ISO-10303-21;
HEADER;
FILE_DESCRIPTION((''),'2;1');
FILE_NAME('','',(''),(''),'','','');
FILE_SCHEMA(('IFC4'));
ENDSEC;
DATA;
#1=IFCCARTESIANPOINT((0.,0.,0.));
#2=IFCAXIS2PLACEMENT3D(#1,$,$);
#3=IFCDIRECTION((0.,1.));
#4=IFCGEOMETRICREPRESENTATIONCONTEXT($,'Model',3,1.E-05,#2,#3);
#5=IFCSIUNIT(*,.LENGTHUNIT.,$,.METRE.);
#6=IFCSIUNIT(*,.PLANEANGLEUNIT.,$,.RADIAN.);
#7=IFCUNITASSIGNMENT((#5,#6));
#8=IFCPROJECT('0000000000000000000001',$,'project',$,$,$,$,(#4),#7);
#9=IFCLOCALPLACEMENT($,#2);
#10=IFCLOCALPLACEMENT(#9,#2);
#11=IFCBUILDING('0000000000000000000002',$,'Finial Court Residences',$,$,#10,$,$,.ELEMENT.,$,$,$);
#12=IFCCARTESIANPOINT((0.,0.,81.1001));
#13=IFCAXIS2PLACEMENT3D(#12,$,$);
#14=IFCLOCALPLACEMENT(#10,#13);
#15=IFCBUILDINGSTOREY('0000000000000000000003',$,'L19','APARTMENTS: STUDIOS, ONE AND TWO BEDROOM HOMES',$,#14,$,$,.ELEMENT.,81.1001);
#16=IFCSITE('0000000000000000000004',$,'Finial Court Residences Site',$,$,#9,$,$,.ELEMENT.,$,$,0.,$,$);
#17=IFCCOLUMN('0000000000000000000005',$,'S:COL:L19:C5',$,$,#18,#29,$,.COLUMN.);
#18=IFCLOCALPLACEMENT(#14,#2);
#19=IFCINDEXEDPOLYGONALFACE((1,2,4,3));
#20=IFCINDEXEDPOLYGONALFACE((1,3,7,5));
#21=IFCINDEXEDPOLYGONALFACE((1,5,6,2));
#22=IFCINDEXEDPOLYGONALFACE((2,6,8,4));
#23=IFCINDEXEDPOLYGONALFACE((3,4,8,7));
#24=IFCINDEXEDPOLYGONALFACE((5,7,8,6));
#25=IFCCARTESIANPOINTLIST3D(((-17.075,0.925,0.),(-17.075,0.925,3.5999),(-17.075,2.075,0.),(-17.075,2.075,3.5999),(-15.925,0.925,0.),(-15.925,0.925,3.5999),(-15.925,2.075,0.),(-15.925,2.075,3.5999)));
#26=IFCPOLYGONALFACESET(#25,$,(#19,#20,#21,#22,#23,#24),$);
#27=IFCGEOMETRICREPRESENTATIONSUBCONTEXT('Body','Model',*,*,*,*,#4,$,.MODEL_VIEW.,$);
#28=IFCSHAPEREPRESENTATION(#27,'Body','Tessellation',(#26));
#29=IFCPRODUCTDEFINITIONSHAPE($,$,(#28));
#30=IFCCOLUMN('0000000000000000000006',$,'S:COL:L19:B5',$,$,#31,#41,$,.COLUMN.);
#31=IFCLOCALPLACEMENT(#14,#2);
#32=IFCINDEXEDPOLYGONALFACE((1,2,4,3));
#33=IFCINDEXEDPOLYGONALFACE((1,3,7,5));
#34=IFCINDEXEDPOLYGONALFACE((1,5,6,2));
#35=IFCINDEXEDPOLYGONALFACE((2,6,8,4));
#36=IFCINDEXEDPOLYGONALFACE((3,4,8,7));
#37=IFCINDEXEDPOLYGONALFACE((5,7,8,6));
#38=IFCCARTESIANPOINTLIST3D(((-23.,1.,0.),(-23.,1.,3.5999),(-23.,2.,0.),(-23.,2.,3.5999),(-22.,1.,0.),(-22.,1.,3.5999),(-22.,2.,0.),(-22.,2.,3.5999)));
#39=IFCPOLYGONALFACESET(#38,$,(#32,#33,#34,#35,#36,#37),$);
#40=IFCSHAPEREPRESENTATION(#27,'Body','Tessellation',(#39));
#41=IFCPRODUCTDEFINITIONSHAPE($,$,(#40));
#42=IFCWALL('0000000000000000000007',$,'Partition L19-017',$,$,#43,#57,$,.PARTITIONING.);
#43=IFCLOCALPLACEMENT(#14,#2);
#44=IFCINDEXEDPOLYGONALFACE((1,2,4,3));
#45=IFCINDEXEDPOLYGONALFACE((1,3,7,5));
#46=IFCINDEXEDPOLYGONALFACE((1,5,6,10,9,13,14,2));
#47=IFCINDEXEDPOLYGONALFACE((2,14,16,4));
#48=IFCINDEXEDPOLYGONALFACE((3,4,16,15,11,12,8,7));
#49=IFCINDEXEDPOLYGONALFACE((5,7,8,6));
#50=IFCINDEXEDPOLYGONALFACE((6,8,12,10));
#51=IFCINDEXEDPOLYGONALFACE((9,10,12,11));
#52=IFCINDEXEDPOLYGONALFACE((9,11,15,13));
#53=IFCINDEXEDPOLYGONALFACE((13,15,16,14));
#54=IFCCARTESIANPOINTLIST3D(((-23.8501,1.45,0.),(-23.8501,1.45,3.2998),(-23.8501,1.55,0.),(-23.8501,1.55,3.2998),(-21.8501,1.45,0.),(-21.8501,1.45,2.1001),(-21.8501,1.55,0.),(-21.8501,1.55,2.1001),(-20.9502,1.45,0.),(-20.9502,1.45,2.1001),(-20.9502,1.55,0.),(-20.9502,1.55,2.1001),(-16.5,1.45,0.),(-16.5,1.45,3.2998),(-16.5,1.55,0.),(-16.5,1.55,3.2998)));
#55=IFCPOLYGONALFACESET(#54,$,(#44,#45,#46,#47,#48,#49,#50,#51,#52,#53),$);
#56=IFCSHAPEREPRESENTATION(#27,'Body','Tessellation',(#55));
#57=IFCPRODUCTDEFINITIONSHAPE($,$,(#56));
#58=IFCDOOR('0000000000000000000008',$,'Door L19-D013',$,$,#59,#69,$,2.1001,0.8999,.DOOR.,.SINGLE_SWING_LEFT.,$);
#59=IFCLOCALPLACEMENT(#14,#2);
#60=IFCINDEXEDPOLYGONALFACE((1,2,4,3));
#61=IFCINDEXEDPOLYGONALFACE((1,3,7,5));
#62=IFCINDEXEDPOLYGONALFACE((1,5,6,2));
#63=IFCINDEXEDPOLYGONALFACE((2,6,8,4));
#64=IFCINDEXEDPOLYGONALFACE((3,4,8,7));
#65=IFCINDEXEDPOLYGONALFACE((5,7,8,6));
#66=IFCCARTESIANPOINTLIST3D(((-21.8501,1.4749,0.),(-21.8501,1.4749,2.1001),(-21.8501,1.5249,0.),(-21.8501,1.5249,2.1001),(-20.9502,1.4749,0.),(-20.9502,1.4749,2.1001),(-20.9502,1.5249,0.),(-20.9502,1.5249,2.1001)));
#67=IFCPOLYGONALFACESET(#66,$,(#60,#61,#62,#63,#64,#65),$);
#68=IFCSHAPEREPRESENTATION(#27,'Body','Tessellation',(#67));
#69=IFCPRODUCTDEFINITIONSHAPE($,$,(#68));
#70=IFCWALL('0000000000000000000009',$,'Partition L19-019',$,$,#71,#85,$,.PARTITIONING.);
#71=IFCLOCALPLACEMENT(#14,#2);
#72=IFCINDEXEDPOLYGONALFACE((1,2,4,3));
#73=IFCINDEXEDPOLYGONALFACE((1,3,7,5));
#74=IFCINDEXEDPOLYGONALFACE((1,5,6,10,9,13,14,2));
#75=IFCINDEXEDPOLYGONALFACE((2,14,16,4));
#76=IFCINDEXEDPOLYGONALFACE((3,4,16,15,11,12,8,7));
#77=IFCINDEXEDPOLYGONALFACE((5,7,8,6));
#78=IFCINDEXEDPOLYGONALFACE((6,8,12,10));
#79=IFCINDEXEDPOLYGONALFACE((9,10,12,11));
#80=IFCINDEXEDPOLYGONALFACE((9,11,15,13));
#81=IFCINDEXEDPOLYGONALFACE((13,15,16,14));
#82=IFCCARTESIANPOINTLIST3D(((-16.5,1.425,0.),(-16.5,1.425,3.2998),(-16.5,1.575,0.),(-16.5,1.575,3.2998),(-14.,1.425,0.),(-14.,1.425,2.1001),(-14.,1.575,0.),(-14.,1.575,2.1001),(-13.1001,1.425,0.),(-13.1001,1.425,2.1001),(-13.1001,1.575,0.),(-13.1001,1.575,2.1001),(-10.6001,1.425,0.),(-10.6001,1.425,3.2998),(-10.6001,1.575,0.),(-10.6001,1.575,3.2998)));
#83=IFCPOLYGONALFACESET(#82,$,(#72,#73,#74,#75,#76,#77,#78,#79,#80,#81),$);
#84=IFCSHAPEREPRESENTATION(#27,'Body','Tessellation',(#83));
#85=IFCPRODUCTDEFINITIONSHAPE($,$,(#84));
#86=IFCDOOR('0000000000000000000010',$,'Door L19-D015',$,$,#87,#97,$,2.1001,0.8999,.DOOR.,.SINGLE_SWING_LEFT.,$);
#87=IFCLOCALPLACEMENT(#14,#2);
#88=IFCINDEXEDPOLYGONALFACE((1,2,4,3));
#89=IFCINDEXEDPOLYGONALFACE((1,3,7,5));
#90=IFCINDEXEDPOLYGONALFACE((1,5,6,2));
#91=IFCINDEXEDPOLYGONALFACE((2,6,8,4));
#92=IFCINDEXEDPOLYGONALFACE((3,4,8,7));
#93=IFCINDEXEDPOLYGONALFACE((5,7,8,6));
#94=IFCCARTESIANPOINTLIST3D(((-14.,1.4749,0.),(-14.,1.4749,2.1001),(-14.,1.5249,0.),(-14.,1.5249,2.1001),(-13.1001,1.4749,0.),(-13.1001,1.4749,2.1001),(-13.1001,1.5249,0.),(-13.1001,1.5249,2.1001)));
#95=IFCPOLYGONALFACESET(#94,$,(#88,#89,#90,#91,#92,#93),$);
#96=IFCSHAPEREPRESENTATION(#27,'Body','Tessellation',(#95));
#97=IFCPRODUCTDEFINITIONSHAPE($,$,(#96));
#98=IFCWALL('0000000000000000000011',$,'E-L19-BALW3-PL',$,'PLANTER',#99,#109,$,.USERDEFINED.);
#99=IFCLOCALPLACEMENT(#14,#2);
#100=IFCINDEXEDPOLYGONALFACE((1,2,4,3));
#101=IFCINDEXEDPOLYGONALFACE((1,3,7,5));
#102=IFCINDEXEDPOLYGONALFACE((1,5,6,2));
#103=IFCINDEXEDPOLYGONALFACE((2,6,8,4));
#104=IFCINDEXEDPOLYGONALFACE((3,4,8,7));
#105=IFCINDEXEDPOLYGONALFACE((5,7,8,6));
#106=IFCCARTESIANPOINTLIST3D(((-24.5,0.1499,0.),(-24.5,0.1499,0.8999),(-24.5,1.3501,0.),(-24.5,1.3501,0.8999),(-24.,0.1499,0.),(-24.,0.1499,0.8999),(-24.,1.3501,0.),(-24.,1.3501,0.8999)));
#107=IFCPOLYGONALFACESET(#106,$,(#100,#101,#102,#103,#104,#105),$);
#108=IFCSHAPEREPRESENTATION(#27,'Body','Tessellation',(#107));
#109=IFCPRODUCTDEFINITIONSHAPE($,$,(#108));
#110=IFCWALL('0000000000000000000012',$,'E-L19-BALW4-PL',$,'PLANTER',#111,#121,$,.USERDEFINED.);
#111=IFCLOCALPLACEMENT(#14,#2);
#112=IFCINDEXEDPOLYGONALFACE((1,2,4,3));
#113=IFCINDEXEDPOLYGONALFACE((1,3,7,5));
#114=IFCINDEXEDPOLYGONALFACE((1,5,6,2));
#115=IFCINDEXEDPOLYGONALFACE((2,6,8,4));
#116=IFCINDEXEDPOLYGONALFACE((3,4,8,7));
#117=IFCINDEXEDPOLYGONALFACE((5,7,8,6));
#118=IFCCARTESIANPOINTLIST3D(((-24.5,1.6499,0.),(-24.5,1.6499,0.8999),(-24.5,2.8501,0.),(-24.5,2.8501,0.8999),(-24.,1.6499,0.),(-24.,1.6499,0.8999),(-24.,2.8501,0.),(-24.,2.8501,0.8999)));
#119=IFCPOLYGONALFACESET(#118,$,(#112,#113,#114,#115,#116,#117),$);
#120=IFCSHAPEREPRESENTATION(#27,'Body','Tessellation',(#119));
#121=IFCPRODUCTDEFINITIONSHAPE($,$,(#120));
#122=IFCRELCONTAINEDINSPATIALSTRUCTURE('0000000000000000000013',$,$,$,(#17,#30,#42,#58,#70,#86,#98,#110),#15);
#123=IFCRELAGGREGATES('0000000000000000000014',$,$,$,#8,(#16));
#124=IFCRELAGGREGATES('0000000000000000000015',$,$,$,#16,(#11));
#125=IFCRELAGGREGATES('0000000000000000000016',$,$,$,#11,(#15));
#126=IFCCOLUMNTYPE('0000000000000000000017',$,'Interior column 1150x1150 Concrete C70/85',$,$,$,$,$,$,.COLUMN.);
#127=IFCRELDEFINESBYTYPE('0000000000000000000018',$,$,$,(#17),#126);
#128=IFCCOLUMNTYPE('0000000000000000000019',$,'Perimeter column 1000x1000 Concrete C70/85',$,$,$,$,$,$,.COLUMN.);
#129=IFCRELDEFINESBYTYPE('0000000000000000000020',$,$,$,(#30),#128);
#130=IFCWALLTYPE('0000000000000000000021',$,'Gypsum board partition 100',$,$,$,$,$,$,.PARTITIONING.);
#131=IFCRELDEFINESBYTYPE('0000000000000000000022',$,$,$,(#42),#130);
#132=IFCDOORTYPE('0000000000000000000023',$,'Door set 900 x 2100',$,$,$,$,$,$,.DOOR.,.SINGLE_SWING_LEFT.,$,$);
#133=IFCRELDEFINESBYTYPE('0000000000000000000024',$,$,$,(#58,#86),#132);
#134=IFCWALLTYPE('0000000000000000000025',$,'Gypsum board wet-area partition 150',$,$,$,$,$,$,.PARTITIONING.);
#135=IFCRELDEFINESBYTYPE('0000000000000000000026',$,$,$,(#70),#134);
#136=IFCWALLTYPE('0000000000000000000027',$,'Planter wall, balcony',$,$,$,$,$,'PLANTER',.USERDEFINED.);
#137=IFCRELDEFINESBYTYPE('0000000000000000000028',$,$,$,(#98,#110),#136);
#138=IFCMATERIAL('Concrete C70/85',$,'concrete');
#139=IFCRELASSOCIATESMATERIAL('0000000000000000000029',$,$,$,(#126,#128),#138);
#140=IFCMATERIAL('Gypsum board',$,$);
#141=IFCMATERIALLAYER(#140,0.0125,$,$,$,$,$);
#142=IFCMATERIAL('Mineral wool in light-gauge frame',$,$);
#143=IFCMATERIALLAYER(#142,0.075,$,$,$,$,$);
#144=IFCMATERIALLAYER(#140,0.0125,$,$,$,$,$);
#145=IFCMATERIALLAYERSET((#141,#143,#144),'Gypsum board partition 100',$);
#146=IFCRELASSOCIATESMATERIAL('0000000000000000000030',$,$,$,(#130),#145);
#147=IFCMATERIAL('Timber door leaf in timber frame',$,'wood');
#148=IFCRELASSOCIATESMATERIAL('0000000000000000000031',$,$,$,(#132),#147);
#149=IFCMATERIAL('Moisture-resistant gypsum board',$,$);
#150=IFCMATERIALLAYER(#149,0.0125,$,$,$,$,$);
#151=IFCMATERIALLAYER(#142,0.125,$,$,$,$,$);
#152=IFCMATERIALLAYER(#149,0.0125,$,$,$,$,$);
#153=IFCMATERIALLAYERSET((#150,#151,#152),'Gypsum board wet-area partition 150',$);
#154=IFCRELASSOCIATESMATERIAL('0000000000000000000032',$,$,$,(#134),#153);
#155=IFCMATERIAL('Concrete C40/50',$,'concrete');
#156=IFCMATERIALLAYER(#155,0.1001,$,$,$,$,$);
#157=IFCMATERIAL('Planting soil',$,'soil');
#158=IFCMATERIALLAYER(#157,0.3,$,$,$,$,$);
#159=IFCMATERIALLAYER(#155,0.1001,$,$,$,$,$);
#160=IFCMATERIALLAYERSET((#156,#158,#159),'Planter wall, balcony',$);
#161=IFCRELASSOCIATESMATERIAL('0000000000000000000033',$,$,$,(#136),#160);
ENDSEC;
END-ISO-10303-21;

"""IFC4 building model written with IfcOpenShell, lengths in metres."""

from ifc_helpers import new_model, si_unit, direction, frame, frame_2d, origin, origin_2d, place, context, subcontext, project, spatial, rectangle, extrude, material, layer, layer_set, material_profile, profile_set, type_object, element, fill, save


model = new_model("IFC4")

# Units and contexts
model_context = context("Model", 3, precision=1e-05, world=origin(), true_north=direction((0.0, 1.0)))
body_context = subcontext(model_context, "Body", "Model", "MODEL_VIEW")
ifc_project = project(units=[si_unit("LENGTHUNIT", "METRE"), si_unit("PLANEANGLEUNIT", "RADIAN")], contexts=[model_context])

# Site, building, storey
site_placement = place(None, origin())
site = spatial("IfcSite", under=ifc_project, at=site_placement, Name="Finial Court Residences Site", CompositionType="ELEMENT", RefElevation=0.0)
building_placement = place(site_placement, origin())
building = spatial("IfcBuilding", under=site, at=building_placement, Name="Finial Court Residences", CompositionType="ELEMENT")
storey_placement = place(building_placement, frame((0.0, 0.0, 81.1001)))
storey = spatial("IfcBuildingStorey", under=building, at=storey_placement, Name="L19", Description="APARTMENTS: STUDIOS, ONE AND TWO BEDROOM HOMES", CompositionType="ELEMENT", Elevation=81.1001)

# Columns
ifc_material_1 = material(Name="Concrete C70/85", Category="concrete")
ifc_material_profile_1 = material_profile(ifc_material_1, rectangle(XDim=1.1499, YDim=1.1499, at=origin_2d()), Name="1150x1150")
ifc_profile_set_1 = profile_set([ifc_material_profile_1], Name="Concrete C70/85")
column_type_1 = type_object("IfcColumnType", Name="Interior column 1150x1150 Concrete C70/85", PredefinedType="COLUMN", material=ifc_profile_set_1)
column_1_placement = place(storey_placement, frame((-16.5, 1.5, 0.0), z_axis=(0.0, 0.0, 1.0), x_axis=(1.0, 0.0, 0.0)))
element("IfcColumn", 1, at=column_1_placement, inside=storey, type_object=column_type_1, Name="S:COL:L19:C5", PredefinedType="COLUMN", context=body_context, shape_type="SweptSolid", body=[
    extrude(rectangle(XDim=1.1499, YDim=1.1499, at=origin_2d()), origin(), (0.0, 0.0, 1.0), 3.5999),
])
ifc_material_profile_2 = material_profile(ifc_material_1, rectangle(XDim=1.0, YDim=1.0, at=origin_2d()), Name="1000x1000")
ifc_profile_set_2 = profile_set([ifc_material_profile_2], Name="Concrete C70/85")
column_type_2 = type_object("IfcColumnType", Name="Perimeter column 1000x1000 Concrete C70/85", PredefinedType="COLUMN", material=ifc_profile_set_2)
column_2_placement = place(storey_placement, frame((-22.5, 1.5, 0.0), z_axis=(0.0, 0.0, 1.0), x_axis=(1.0, 0.0, 0.0)))
element("IfcColumn", 2, at=column_2_placement, inside=storey, type_object=column_type_2, Name="S:COL:L19:B5", PredefinedType="COLUMN", context=body_context, shape_type="SweptSolid", body=[
    extrude(rectangle(XDim=1.0, YDim=1.0, at=origin_2d()), origin(), (0.0, 0.0, 1.0), 3.5999),
])

# Walls, openings, doors
ifc_material_2 = material(Name="Gypsum board")
ifc_layer_1 = layer(ifc_material_2, 0.0125)
ifc_material_3 = material(Name="Mineral wool in light-gauge frame")
ifc_layer_2 = layer(ifc_material_3, 0.075)
ifc_layer_3 = layer(ifc_material_2, 0.0125)
ifc_layer_set_1 = layer_set([ifc_layer_1, ifc_layer_2, ifc_layer_3], Name="Gypsum board partition 100")
wall_type_1 = type_object("IfcWallType", Name="Gypsum board partition 100", PredefinedType="PARTITIONING", material=ifc_layer_set_1)
wall_1_placement = place(storey_placement, frame((-23.8501, 1.5, 0.0), z_axis=(0.0, 0.0, 1.0), x_axis=(1.0, 0.0, 0.0)))
wall_1 = element("IfcWall", 3, at=wall_1_placement, inside=storey, type_object=wall_type_1, Name="Partition L19-017", PredefinedType="PARTITIONING", context=body_context, shape_type="SweptSolid", body=[
    extrude(rectangle(XDim=7.3501, YDim=0.1001, at=frame_2d((3.675, 0.0))), origin(), (0.0, 0.0, 1.0), 3.2998),
])
opening_1_placement = place(wall_1_placement, frame((2.0, 0.0, 0.0)))
opening_1 = element("IfcOpeningElement", 4, at=opening_1_placement, cuts=wall_1, PredefinedType="OPENING", context=body_context, shape_type="SweptSolid", body=[
    extrude(rectangle(XDim=0.8999, YDim=2.1001, at=frame_2d((0.45, 1.05))), frame((0.0, 0.0601, 0.0), z_axis=(0.0, -1.0, 0.0), x_axis=(1.0, 0.0, 0.0)), (0.0, 0.0, 1.0), 0.1201),
])
ifc_material_4 = material(Name="Timber door leaf in timber frame", Category="wood")
door_type_1 = type_object("IfcDoorType", Name="Door set 900 x 2100", OperationType="SINGLE_SWING_LEFT", PredefinedType="DOOR", material=ifc_material_4)
door_1_placement = place(opening_1_placement, origin())
door_1 = element("IfcDoor", 5, at=door_1_placement, inside=storey, type_object=door_type_1, Name="Door L19-D013", OperationType="SINGLE_SWING_LEFT", OverallHeight=2.1001, OverallWidth=0.8999, PredefinedType="DOOR", context=body_context, shape_type="SweptSolid", body=[
    extrude(rectangle(XDim=0.8999, YDim=2.1001, at=frame_2d((0.45, 1.05))), frame((0.0, 0.0249, 0.0), z_axis=(0.0, -1.0, 0.0), x_axis=(1.0, 0.0, 0.0)), (0.0, 0.0, 1.0), 0.05),
])
fill(opening_1, door_1)
ifc_material_5 = material(Name="Moisture-resistant gypsum board")
ifc_layer_4 = layer(ifc_material_5, 0.0125)
ifc_layer_5 = layer(ifc_material_3, 0.125)
ifc_layer_6 = layer(ifc_material_5, 0.0125)
ifc_layer_set_2 = layer_set([ifc_layer_4, ifc_layer_5, ifc_layer_6], Name="Gypsum board wet-area partition 150")
wall_type_2 = type_object("IfcWallType", Name="Gypsum board wet-area partition 150", PredefinedType="PARTITIONING", material=ifc_layer_set_2)
wall_2_placement = place(storey_placement, frame((-16.5, 1.5, 0.0), z_axis=(0.0, 0.0, 1.0), x_axis=(1.0, 0.0, 0.0)))
wall_2 = element("IfcWall", 6, at=wall_2_placement, inside=storey, type_object=wall_type_2, Name="Partition L19-019", PredefinedType="PARTITIONING", context=body_context, shape_type="SweptSolid", body=[
    extrude(rectangle(XDim=5.8999, YDim=0.1499, at=frame_2d((2.95, 0.0))), origin(), (0.0, 0.0, 1.0), 3.2998),
])
opening_2_placement = place(wall_2_placement, frame((2.5, 0.0, 0.0)))
opening_2 = element("IfcOpeningElement", 7, at=opening_2_placement, cuts=wall_2, PredefinedType="OPENING", context=body_context, shape_type="SweptSolid", body=[
    extrude(rectangle(XDim=0.8999, YDim=2.1001, at=frame_2d((0.45, 1.05))), frame((0.0, 0.085, 0.0), z_axis=(0.0, -1.0, 0.0), x_axis=(1.0, 0.0, 0.0)), (0.0, 0.0, 1.0), 0.1699),
])
door_2_placement = place(opening_2_placement, origin())
door_2 = element("IfcDoor", 8, at=door_2_placement, inside=storey, type_object=door_type_1, Name="Door L19-D015", OperationType="SINGLE_SWING_LEFT", OverallHeight=2.1001, OverallWidth=0.8999, PredefinedType="DOOR", context=body_context, shape_type="SweptSolid", body=[
    extrude(rectangle(XDim=0.8999, YDim=2.1001, at=frame_2d((0.45, 1.05))), frame((0.0, 0.0249, 0.0), z_axis=(0.0, -1.0, 0.0), x_axis=(1.0, 0.0, 0.0)), (0.0, 0.0, 1.0), 0.05),
])
fill(opening_2, door_2)

# Walls
ifc_material_6 = material(Name="Concrete C40/50", Category="concrete")
ifc_layer_7 = layer(ifc_material_6, 0.1001)
ifc_material_7 = material(Name="Planting soil", Category="soil")
ifc_layer_8 = layer(ifc_material_7, 0.3)
ifc_layer_9 = layer(ifc_material_6, 0.1001)
ifc_layer_set_3 = layer_set([ifc_layer_7, ifc_layer_8, ifc_layer_9], Name="Planter wall, balcony")
wall_type_3 = type_object("IfcWallType", Name="Planter wall, balcony", ElementType="PLANTER", PredefinedType="USERDEFINED", material=ifc_layer_set_3)
for number, where, z_axis, x_axis, name in (
    (9, (-24.25, 0.1499, 0.0), (0.0, 0.0, 1.0), (0.0, 1.0, 0.0), "E-L19-BALW3-PL"),
    (10, (-24.25, 1.6499, 0.0), (0.0, 0.0, 1.0), (0.0, 1.0, 0.0), "E-L19-BALW4-PL"),
):
    element("IfcWall", number, at=place(storey_placement, frame(where, z_axis=z_axis, x_axis=x_axis)), inside=storey, type_object=wall_type_3, Name=name, ObjectType="PLANTER", PredefinedType="USERDEFINED", context=body_context, shape_type="SweptSolid", body=[
        extrude(rectangle(XDim=1.2002, YDim=0.5, at=frame_2d((0.6001, 0.0))), origin(), (0.0, 0.0, 1.0), 0.8999),
    ])

save(model, "model.ifc")
